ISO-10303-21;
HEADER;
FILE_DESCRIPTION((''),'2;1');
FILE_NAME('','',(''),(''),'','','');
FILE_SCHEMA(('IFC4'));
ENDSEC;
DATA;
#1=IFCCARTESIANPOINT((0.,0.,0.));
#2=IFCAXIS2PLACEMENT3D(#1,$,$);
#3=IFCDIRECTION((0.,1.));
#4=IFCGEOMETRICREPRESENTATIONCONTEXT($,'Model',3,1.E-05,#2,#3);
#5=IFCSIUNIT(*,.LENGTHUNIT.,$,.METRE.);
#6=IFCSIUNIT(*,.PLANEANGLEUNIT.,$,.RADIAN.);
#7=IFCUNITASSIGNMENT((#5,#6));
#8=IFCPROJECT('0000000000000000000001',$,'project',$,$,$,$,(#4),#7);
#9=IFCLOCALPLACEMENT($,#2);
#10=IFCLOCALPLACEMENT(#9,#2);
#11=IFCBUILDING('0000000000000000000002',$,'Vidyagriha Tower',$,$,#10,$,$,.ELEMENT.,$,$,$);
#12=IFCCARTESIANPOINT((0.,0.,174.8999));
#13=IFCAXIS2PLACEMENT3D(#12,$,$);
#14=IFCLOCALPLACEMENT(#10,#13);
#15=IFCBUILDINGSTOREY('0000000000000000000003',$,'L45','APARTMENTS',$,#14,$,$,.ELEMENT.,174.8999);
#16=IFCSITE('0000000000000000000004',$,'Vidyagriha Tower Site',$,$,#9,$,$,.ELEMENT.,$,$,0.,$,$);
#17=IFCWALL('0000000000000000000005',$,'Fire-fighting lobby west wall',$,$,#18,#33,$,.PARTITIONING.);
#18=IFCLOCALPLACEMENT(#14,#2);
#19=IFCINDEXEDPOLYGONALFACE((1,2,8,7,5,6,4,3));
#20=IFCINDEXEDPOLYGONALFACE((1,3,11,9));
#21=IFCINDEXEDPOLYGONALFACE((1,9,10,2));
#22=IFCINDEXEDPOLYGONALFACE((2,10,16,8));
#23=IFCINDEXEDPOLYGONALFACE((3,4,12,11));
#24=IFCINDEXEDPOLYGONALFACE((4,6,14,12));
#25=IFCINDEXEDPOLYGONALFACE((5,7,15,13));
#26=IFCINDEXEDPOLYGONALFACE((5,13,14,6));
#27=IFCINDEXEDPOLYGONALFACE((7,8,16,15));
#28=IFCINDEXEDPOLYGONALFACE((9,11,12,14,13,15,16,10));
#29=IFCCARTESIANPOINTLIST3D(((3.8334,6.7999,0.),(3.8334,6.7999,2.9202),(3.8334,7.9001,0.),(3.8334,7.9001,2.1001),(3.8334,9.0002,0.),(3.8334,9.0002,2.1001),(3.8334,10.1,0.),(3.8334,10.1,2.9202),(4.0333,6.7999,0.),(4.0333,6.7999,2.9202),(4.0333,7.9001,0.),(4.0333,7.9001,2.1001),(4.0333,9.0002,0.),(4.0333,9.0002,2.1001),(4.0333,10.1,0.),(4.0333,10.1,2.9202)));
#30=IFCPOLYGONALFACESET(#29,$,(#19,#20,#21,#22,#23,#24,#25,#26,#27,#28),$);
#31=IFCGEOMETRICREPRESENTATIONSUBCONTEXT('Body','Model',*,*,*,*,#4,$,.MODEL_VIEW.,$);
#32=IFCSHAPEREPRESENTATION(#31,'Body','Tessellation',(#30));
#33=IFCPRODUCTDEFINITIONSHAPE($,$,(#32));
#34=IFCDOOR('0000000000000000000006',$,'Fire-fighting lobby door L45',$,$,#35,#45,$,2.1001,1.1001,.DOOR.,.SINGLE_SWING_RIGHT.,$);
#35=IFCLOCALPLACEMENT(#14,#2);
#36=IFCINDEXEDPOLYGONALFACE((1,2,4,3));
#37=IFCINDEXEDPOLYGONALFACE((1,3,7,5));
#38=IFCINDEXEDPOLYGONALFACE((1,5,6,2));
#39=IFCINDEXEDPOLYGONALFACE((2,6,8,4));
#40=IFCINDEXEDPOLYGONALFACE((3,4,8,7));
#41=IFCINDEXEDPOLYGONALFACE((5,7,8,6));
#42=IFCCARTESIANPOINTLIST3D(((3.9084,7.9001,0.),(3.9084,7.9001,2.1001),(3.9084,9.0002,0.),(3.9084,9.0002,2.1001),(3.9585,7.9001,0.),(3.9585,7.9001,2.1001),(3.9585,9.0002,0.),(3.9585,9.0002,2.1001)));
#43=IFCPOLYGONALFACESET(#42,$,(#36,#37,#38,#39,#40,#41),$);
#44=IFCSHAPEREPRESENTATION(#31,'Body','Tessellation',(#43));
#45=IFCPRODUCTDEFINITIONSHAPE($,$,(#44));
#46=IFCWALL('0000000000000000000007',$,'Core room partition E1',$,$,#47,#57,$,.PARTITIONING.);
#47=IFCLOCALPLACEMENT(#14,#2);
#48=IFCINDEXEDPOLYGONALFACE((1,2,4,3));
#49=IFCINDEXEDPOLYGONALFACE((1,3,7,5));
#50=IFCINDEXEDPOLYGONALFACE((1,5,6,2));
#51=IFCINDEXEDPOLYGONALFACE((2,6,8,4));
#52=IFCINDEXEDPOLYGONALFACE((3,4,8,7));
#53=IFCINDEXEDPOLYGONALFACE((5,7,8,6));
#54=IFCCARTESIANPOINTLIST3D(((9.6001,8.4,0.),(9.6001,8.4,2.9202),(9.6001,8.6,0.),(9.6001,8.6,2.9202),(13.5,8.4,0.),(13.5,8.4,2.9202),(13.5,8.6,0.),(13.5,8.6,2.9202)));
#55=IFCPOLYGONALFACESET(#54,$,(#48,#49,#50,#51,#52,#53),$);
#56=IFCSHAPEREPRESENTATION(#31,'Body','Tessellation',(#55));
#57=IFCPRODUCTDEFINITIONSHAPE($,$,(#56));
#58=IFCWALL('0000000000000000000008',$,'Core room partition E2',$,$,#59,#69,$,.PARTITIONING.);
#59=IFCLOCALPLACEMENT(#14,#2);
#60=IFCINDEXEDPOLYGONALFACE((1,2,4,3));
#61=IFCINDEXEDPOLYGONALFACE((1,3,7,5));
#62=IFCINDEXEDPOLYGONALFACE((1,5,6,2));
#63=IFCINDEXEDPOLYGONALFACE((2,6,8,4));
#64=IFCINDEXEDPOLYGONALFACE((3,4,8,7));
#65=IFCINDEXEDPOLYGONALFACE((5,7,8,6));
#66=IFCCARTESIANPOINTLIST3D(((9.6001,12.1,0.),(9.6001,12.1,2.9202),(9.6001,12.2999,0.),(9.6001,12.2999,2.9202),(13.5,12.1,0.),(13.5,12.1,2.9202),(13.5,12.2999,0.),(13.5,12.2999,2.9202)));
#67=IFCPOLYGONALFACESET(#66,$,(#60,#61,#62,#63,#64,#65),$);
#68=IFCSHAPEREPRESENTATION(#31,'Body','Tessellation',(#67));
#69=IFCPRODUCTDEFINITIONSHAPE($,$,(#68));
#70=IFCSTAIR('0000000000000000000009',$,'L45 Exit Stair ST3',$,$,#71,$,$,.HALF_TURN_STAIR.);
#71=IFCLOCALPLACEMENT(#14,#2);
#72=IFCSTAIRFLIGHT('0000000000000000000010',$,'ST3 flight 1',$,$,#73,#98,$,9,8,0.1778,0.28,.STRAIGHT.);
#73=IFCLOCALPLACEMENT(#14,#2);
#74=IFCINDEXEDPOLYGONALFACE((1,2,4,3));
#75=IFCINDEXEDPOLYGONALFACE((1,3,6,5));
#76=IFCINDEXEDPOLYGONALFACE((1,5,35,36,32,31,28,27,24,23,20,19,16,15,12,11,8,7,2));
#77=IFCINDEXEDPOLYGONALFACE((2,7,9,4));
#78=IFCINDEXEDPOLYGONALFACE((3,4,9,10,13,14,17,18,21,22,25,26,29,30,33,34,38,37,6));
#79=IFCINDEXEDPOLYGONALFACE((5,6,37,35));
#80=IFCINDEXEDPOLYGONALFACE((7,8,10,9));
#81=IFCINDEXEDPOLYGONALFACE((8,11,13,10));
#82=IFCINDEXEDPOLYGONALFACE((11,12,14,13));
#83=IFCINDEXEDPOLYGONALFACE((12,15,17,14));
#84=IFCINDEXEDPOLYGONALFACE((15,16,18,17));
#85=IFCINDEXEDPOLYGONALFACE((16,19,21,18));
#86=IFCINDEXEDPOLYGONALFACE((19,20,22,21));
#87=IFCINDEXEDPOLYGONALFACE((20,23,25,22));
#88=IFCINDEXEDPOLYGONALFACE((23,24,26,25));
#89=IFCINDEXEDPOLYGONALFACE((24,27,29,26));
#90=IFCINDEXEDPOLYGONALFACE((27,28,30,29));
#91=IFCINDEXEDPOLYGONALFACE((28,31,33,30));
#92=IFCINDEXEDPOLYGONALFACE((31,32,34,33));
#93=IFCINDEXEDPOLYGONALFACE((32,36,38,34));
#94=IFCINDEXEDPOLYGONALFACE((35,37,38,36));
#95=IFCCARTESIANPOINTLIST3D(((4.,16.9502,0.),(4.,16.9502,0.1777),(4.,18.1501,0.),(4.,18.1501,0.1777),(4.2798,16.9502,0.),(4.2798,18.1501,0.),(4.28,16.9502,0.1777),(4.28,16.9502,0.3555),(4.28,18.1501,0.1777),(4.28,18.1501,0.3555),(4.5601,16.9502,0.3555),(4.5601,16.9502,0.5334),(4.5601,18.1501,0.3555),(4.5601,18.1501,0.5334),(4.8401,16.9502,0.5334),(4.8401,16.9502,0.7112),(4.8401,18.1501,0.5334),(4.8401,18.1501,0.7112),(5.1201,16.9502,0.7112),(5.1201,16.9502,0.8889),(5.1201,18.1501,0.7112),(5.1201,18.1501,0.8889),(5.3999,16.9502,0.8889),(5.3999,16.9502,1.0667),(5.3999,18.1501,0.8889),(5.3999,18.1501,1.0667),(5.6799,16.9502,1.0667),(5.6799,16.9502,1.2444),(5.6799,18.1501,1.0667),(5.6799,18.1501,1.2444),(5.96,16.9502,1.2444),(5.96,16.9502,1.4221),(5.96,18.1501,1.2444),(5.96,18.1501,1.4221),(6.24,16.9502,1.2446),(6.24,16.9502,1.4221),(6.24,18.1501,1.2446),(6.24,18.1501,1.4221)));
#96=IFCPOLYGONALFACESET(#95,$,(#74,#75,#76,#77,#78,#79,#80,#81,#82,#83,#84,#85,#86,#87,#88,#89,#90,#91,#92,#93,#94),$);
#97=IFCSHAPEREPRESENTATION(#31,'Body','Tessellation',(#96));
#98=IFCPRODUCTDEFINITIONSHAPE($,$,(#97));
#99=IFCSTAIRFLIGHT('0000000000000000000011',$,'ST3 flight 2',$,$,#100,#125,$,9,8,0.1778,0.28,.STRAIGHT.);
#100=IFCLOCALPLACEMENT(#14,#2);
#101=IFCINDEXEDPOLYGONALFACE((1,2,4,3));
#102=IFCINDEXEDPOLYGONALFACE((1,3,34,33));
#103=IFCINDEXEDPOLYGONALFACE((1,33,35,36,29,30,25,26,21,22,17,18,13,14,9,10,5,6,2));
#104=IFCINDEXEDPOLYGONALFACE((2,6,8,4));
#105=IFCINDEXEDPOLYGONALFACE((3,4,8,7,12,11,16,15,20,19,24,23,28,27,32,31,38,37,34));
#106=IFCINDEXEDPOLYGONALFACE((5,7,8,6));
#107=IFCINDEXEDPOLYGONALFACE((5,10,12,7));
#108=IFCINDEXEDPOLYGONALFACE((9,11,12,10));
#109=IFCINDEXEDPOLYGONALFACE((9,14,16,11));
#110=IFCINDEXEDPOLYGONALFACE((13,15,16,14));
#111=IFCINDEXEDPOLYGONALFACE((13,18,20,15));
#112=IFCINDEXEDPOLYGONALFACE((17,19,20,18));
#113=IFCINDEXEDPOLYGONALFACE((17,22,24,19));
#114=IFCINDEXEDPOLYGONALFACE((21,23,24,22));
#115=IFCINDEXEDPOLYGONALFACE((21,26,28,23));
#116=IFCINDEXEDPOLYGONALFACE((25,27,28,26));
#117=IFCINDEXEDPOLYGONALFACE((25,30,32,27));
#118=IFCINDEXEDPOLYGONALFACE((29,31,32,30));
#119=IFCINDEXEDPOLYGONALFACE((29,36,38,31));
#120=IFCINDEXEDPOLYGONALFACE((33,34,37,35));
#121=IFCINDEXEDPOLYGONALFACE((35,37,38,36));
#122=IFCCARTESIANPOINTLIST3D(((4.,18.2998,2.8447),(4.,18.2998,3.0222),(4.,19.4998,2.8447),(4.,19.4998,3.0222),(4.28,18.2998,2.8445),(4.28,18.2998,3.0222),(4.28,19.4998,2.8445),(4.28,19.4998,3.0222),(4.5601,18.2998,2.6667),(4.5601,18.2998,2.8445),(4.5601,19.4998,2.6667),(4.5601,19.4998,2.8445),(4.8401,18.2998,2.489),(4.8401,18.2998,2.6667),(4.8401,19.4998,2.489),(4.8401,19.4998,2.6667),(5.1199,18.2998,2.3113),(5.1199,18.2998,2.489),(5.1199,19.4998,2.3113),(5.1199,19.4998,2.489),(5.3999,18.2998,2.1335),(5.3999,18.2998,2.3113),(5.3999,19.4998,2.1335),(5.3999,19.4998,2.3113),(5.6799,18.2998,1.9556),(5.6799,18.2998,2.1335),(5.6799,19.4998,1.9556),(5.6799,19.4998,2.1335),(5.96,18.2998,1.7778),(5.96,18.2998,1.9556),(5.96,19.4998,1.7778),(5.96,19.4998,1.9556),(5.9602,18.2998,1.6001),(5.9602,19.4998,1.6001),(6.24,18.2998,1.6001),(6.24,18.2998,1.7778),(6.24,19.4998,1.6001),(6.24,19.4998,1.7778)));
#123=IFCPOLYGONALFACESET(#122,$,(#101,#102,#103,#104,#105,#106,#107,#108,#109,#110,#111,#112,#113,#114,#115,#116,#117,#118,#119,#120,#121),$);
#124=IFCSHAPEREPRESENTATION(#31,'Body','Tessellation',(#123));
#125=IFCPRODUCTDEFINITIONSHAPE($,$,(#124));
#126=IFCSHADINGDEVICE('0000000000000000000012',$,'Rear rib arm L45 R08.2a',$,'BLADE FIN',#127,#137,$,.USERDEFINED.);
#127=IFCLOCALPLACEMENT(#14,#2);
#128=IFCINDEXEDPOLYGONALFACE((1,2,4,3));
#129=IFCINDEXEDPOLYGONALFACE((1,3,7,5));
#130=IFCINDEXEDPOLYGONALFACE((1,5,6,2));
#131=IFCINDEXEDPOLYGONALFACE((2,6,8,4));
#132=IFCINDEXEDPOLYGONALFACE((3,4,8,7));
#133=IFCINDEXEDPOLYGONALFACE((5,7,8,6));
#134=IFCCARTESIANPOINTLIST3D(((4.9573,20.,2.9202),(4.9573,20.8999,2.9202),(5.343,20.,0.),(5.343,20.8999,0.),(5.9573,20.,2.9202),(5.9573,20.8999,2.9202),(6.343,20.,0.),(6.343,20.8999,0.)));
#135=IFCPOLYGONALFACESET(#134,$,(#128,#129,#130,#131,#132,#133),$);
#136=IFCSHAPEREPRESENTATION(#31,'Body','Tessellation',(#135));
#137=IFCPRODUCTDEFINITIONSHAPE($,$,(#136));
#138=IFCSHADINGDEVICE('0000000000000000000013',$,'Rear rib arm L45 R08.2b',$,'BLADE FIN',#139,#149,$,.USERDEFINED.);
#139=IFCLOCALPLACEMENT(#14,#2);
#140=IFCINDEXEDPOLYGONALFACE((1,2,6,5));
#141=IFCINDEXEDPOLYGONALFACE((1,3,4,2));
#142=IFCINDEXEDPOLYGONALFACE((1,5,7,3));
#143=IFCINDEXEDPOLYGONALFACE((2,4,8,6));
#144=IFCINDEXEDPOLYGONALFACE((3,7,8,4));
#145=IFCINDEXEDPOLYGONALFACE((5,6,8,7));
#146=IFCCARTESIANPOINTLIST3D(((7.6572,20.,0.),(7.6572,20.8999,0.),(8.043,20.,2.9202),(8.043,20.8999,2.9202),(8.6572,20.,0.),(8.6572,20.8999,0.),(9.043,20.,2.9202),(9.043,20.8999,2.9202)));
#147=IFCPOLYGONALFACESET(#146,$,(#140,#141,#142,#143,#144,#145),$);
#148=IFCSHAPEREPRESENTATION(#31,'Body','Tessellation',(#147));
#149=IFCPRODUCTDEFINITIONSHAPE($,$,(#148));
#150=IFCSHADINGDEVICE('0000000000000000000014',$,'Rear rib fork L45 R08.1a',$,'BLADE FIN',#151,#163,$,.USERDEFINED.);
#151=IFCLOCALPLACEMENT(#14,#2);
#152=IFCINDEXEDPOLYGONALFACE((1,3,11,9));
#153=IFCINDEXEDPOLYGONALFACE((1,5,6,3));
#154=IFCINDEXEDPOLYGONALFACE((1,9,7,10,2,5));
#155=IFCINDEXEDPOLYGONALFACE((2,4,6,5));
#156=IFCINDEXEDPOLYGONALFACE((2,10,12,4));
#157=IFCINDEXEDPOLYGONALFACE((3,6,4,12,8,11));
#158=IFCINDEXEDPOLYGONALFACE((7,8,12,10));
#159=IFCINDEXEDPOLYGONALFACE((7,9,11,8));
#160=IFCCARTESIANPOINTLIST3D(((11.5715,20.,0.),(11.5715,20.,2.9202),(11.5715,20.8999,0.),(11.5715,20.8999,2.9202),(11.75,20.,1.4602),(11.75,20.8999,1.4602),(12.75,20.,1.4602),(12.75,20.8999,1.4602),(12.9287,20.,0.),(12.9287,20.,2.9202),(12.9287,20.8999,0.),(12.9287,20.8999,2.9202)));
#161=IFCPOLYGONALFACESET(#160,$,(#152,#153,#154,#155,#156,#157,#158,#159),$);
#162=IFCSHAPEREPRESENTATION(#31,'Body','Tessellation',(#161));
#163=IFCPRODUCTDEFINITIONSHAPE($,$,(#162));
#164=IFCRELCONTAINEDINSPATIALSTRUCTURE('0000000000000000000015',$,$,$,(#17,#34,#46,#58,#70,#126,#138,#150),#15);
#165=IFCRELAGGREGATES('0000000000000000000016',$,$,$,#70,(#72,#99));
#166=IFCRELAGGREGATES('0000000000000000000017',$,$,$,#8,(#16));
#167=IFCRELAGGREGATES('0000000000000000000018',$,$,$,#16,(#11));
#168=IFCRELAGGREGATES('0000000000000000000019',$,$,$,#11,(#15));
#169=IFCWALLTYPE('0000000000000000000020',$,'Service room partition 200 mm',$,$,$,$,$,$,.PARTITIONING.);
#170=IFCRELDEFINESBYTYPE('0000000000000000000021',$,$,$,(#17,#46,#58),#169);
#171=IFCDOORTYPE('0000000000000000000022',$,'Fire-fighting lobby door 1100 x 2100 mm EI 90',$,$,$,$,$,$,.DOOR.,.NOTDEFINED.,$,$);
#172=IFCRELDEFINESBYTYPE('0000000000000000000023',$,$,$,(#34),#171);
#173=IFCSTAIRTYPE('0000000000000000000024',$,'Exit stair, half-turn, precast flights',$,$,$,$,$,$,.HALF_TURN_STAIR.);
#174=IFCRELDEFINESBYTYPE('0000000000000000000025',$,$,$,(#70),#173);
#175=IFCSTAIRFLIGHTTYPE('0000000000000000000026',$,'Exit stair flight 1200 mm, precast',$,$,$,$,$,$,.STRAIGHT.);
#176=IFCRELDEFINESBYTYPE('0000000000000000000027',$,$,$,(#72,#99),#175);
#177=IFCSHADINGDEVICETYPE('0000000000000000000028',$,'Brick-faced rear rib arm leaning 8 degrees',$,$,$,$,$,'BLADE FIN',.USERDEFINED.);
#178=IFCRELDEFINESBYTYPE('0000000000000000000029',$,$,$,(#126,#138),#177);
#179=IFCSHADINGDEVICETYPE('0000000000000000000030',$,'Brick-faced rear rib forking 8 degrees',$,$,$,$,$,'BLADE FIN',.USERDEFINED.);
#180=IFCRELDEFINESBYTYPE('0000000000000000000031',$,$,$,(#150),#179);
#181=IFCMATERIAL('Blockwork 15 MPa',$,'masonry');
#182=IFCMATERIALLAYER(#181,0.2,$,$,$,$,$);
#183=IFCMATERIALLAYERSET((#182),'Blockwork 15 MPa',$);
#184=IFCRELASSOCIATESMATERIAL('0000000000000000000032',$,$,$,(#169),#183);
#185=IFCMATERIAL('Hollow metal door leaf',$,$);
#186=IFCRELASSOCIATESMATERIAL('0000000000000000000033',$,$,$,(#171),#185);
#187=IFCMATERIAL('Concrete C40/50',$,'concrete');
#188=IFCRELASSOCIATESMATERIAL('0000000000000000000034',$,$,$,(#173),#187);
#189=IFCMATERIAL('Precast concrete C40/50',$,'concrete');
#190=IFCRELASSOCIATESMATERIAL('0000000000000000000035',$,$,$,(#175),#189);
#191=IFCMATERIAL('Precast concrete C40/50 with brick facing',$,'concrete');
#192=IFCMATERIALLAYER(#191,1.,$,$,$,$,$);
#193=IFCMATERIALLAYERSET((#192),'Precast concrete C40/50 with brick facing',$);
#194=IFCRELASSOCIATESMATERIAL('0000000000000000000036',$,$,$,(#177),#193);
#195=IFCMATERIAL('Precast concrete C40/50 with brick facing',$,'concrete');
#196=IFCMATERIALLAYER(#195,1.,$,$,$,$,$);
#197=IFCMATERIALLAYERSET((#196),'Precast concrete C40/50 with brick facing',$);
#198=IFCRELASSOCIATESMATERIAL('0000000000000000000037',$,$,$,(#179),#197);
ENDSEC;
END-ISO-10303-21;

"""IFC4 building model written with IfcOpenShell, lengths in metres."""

from ifc_helpers import new_model, si_unit, direction, frame, frame_2d, origin, place, context, subcontext, project, spatial, polyline, rectangle, outline, extrude, material, layer, layer_set, type_object, element, fill, aggregate, save


model = new_model("IFC4")

# Units and contexts
model_context = context("Model", 3, precision=1e-05, world=origin(), true_north=direction((0.0, 1.0)))
body_context = subcontext(model_context, "Body", "Model", "MODEL_VIEW")
ifc_project = project(units=[si_unit("LENGTHUNIT", "METRE"), si_unit("PLANEANGLEUNIT", "RADIAN")], contexts=[model_context])

# Site, building, storey
site_placement = place(None, origin())
site = spatial("IfcSite", under=ifc_project, at=site_placement, Name="Vidyagriha Tower Site", CompositionType="ELEMENT", RefElevation=0.0)
building_placement = place(site_placement, origin())
building = spatial("IfcBuilding", under=site, at=building_placement, Name="Vidyagriha Tower", CompositionType="ELEMENT")
storey_placement = place(building_placement, frame((0.0, 0.0, 174.8999)))
storey = spatial("IfcBuildingStorey", under=building, at=storey_placement, Name="L45", Description="APARTMENTS", CompositionType="ELEMENT", Elevation=174.8999)

# Wall, opening, door
ifc_material_1 = material(Name="Blockwork 15 MPa", Category="masonry")
ifc_layer_1 = layer(ifc_material_1, 0.2)
ifc_layer_set_1 = layer_set([ifc_layer_1], Name="Blockwork 15 MPa")
wall_type_1 = type_object("IfcWallType", Name="Service room partition 200 mm", PredefinedType="PARTITIONING", material=ifc_layer_set_1)
wall_1_placement = place(storey_placement, frame((3.9333, 6.8, 0.0), z_axis=(0.0, 0.0, 1.0), x_axis=(0.0, 1.0, 0.0)))
wall_1 = element("IfcWall", 1, at=wall_1_placement, inside=storey, type_object=wall_type_1, Name="Fire-fighting lobby west wall", PredefinedType="PARTITIONING", context=body_context, shape_type="SweptSolid", body=[
    extrude(rectangle(XDim=3.3, YDim=0.2, at=frame_2d((1.6499, 0.0))), origin(), (0.0, 0.0, 1.0), 2.9202),
])
opening_1_placement = place(wall_1_placement, frame((1.1001, 0.0, 0.0)))
opening_1 = element("IfcOpeningElement", 2, at=opening_1_placement, cuts=wall_1, PredefinedType="OPENING", context=body_context, shape_type="SweptSolid", body=[
    extrude(rectangle(XDim=1.1001, YDim=2.1001, at=frame_2d((0.55, 1.05))), frame((0.0, 0.1099, 0.0), z_axis=(0.0, -1.0, 0.0), x_axis=(1.0, 0.0, 0.0)), (0.0, 0.0, 1.0), 0.22),
])
ifc_material_2 = material(Name="Hollow metal door leaf")
door_type_1 = type_object("IfcDoorType", Name="Fire-fighting lobby door 1100 x 2100 mm EI 90", OperationType="NOTDEFINED", PredefinedType="DOOR", material=ifc_material_2)
door_1_placement = place(opening_1_placement, origin())
door_1 = element("IfcDoor", 3, at=door_1_placement, inside=storey, type_object=door_type_1, Name="Fire-fighting lobby door L45", OperationType="SINGLE_SWING_RIGHT", OverallHeight=2.1001, OverallWidth=1.1001, PredefinedType="DOOR", context=body_context, shape_type="SweptSolid", body=[
    extrude(rectangle(XDim=1.1001, YDim=2.1001, at=frame_2d((0.55, 1.05))), frame((0.0, 0.0249, 0.0), z_axis=(0.0, -1.0, 0.0), x_axis=(1.0, 0.0, 0.0)), (0.0, 0.0, 1.0), 0.05),
])
fill(opening_1, door_1)

# Walls
for number, where, name in (
    (4, (9.6001, 8.5, 0.0), "Core room partition E1"),
    (5, (9.6001, 12.2, 0.0), "Core room partition E2"),
):
    element("IfcWall", number, at=place(storey_placement, frame(where)), inside=storey, type_object=wall_type_1, Name=name, PredefinedType="PARTITIONING", context=body_context, shape_type="SweptSolid", body=[
        extrude(rectangle(XDim=3.8999, YDim=0.2, at=frame_2d((1.95, 0.0))), origin(), (0.0, 0.0, 1.0), 2.9202),
    ])

# Stair, stair flights
ifc_material_3 = material(Name="Concrete C40/50", Category="concrete")
stair_type = type_object("IfcStairType", Name="Exit stair, half-turn, precast flights", PredefinedType="HALF_TURN_STAIR", material=ifc_material_3)
stair_placement = place(storey_placement, origin())
stair = element("IfcStair", 6, at=stair_placement, inside=storey, type_object=stair_type, Name="L45 Exit Stair ST3", PredefinedType="HALF_TURN_STAIR")
ifc_material_4 = material(Name="Precast concrete C40/50", Category="concrete")
stair_flight_type = type_object("IfcStairFlightType", Name="Exit stair flight 1200 mm, precast", PredefinedType="STRAIGHT", material=ifc_material_4)
stair_flight_1_placement = place(storey_placement, frame((4.0, 17.55, 0.0)))
stair_flight_1 = element("IfcStairFlight", 7, at=stair_flight_1_placement, type_object=stair_flight_type, Name="ST3 flight 1", NumberOfRisers=9, NumberOfTreads=8, PredefinedType="STRAIGHT", RiserHeight=0.1778, TreadLength=0.28, context=body_context, shape_type="SweptSolid", body=[
    extrude(outline(polyline([(0.0, 0.0), (0.0, 0.1777), (0.28, 0.1777), (0.28, 0.3555), (0.5601, 0.3555), (0.5601, 0.5334), (0.8401, 0.5334), (0.8401, 0.7112), (1.1201, 0.7112), (1.1201, 0.8889), (1.3999, 0.8889), (1.3999, 1.0667), (1.6799, 1.0667), (1.6799, 1.2444), (1.96, 1.2444), (1.96, 1.4221), (2.24, 1.4221), (2.24, 1.6001), (2.24, 1.2446), (0.2798, 0.0), (0.0, 0.0)])), frame((0.0, 0.6001, 0.0), z_axis=(0.0, -1.0, 0.0), x_axis=(1.0, 0.0, 0.0)), (0.0, 0.0, 1.0), 1.2),
])
stair_flight_2_placement = place(storey_placement, frame((6.24, 18.8999, 1.6001), z_axis=(0.0, 0.0, 1.0), x_axis=(-1.0, 0.0, 0.0)))
stair_flight_2 = element("IfcStairFlight", 8, at=stair_flight_2_placement, type_object=stair_flight_type, Name="ST3 flight 2", NumberOfRisers=9, NumberOfTreads=8, PredefinedType="STRAIGHT", RiserHeight=0.1778, TreadLength=0.28, context=body_context, shape_type="SweptSolid", body=[
    extrude(outline(polyline([(0.0, 0.0), (0.0, 0.1777), (0.28, 0.1777), (0.28, 0.3555), (0.5601, 0.3555), (0.5601, 0.5334), (0.8401, 0.5334), (0.8401, 0.7112), (1.1201, 0.7112), (1.1201, 0.8889), (1.3999, 0.8889), (1.3999, 1.0667), (1.6799, 1.0667), (1.6799, 1.2444), (1.96, 1.2444), (1.96, 1.4221), (2.24, 1.4221), (2.24, 1.6001), (2.24, 1.2446), (0.2798, 0.0), (0.0, 0.0)])), frame((0.0, 0.6001, 0.0), z_axis=(0.0, -1.0, 0.0), x_axis=(1.0, 0.0, 0.0)), (0.0, 0.0, 1.0), 1.2),
])
aggregate(stair, [stair_flight_1, stair_flight_2])

# Shading devices
ifc_material_5 = material(Name="Precast concrete C40/50 with brick facing", Category="concrete")
ifc_layer_2 = layer(ifc_material_5, 1.0)
ifc_layer_set_2 = layer_set([ifc_layer_2], Name="Precast concrete C40/50 with brick facing")
shading_device_type_1 = type_object("IfcShadingDeviceType", Name="Brick-faced rear rib arm leaning 8 degrees", ElementType="BLADE FIN", PredefinedType="USERDEFINED", material=ifc_layer_set_2)
shading_device_1_placement = place(storey_placement, frame((6.343, 20.45, 0.0), z_axis=(0.0, 0.0, 1.0), x_axis=(-1.0, 0.0, 0.0)))
element("IfcShadingDevice", 9, at=shading_device_1_placement, inside=storey, type_object=shading_device_type_1, Name="Rear rib arm L45 R08.2a", ObjectType="BLADE FIN", PredefinedType="USERDEFINED", context=body_context, shape_type="SweptSolid", body=[
    extrude(outline(polyline([(0.0, 0.0), (1.0, 0.0), (1.3857, 2.9202), (0.3857, 2.9202), (0.0, 0.0)])), frame((0.0, 0.45, 0.0), z_axis=(0.0, -1.0, 0.0), x_axis=(1.0, 0.0, 0.0)), (0.0, 0.0, 1.0), 0.8999),
])
shading_device_2_placement = place(storey_placement, frame((9.043, 20.45, 0.0), z_axis=(0.0, 0.0, 1.0), x_axis=(-1.0, 0.0, 0.0)))
element("IfcShadingDevice", 10, at=shading_device_2_placement, inside=storey, type_object=shading_device_type_1, Name="Rear rib arm L45 R08.2b", ObjectType="BLADE FIN", PredefinedType="USERDEFINED", context=body_context, shape_type="SweptSolid", body=[
    extrude(outline(polyline([(0.3857, 0.0), (1.3857, 0.0), (1.0, 2.9202), (0.0, 2.9202), (0.3857, 0.0)])), frame((0.0, 0.45, 0.0), z_axis=(0.0, -1.0, 0.0), x_axis=(1.0, 0.0, 0.0)), (0.0, 0.0, 1.0), 0.8999),
])
ifc_material_6 = material(Name="Precast concrete C40/50 with brick facing", Category="concrete")
ifc_layer_3 = layer(ifc_material_6, 1.0)
ifc_layer_set_3 = layer_set([ifc_layer_3], Name="Precast concrete C40/50 with brick facing")
shading_device_type_2 = type_object("IfcShadingDeviceType", Name="Brick-faced rear rib forking 8 degrees", ElementType="BLADE FIN", PredefinedType="USERDEFINED", material=ifc_layer_set_3)
shading_device_3_placement = place(storey_placement, frame((12.9287, 20.45, 0.0), z_axis=(0.0, 0.0, 1.0), x_axis=(-1.0, 0.0, 0.0)))
element("IfcShadingDevice", 11, at=shading_device_3_placement, inside=storey, type_object=shading_device_type_2, Name="Rear rib fork L45 R08.1a", ObjectType="BLADE FIN", PredefinedType="USERDEFINED", context=body_context, shape_type="SweptSolid", body=[
    extrude(outline(polyline([(0.0, 0.0), (1.3572, 0.0), (1.1787, 1.4602), (1.3572, 2.9202), (0.0, 2.9202), (0.1787, 1.4602), (0.0, 0.0)])), frame((0.0, 0.45, 0.0), z_axis=(0.0, -1.0, 0.0), x_axis=(1.0, 0.0, 0.0)), (0.0, 0.0, 1.0), 0.8999),
])

save(model, "model.ifc")
